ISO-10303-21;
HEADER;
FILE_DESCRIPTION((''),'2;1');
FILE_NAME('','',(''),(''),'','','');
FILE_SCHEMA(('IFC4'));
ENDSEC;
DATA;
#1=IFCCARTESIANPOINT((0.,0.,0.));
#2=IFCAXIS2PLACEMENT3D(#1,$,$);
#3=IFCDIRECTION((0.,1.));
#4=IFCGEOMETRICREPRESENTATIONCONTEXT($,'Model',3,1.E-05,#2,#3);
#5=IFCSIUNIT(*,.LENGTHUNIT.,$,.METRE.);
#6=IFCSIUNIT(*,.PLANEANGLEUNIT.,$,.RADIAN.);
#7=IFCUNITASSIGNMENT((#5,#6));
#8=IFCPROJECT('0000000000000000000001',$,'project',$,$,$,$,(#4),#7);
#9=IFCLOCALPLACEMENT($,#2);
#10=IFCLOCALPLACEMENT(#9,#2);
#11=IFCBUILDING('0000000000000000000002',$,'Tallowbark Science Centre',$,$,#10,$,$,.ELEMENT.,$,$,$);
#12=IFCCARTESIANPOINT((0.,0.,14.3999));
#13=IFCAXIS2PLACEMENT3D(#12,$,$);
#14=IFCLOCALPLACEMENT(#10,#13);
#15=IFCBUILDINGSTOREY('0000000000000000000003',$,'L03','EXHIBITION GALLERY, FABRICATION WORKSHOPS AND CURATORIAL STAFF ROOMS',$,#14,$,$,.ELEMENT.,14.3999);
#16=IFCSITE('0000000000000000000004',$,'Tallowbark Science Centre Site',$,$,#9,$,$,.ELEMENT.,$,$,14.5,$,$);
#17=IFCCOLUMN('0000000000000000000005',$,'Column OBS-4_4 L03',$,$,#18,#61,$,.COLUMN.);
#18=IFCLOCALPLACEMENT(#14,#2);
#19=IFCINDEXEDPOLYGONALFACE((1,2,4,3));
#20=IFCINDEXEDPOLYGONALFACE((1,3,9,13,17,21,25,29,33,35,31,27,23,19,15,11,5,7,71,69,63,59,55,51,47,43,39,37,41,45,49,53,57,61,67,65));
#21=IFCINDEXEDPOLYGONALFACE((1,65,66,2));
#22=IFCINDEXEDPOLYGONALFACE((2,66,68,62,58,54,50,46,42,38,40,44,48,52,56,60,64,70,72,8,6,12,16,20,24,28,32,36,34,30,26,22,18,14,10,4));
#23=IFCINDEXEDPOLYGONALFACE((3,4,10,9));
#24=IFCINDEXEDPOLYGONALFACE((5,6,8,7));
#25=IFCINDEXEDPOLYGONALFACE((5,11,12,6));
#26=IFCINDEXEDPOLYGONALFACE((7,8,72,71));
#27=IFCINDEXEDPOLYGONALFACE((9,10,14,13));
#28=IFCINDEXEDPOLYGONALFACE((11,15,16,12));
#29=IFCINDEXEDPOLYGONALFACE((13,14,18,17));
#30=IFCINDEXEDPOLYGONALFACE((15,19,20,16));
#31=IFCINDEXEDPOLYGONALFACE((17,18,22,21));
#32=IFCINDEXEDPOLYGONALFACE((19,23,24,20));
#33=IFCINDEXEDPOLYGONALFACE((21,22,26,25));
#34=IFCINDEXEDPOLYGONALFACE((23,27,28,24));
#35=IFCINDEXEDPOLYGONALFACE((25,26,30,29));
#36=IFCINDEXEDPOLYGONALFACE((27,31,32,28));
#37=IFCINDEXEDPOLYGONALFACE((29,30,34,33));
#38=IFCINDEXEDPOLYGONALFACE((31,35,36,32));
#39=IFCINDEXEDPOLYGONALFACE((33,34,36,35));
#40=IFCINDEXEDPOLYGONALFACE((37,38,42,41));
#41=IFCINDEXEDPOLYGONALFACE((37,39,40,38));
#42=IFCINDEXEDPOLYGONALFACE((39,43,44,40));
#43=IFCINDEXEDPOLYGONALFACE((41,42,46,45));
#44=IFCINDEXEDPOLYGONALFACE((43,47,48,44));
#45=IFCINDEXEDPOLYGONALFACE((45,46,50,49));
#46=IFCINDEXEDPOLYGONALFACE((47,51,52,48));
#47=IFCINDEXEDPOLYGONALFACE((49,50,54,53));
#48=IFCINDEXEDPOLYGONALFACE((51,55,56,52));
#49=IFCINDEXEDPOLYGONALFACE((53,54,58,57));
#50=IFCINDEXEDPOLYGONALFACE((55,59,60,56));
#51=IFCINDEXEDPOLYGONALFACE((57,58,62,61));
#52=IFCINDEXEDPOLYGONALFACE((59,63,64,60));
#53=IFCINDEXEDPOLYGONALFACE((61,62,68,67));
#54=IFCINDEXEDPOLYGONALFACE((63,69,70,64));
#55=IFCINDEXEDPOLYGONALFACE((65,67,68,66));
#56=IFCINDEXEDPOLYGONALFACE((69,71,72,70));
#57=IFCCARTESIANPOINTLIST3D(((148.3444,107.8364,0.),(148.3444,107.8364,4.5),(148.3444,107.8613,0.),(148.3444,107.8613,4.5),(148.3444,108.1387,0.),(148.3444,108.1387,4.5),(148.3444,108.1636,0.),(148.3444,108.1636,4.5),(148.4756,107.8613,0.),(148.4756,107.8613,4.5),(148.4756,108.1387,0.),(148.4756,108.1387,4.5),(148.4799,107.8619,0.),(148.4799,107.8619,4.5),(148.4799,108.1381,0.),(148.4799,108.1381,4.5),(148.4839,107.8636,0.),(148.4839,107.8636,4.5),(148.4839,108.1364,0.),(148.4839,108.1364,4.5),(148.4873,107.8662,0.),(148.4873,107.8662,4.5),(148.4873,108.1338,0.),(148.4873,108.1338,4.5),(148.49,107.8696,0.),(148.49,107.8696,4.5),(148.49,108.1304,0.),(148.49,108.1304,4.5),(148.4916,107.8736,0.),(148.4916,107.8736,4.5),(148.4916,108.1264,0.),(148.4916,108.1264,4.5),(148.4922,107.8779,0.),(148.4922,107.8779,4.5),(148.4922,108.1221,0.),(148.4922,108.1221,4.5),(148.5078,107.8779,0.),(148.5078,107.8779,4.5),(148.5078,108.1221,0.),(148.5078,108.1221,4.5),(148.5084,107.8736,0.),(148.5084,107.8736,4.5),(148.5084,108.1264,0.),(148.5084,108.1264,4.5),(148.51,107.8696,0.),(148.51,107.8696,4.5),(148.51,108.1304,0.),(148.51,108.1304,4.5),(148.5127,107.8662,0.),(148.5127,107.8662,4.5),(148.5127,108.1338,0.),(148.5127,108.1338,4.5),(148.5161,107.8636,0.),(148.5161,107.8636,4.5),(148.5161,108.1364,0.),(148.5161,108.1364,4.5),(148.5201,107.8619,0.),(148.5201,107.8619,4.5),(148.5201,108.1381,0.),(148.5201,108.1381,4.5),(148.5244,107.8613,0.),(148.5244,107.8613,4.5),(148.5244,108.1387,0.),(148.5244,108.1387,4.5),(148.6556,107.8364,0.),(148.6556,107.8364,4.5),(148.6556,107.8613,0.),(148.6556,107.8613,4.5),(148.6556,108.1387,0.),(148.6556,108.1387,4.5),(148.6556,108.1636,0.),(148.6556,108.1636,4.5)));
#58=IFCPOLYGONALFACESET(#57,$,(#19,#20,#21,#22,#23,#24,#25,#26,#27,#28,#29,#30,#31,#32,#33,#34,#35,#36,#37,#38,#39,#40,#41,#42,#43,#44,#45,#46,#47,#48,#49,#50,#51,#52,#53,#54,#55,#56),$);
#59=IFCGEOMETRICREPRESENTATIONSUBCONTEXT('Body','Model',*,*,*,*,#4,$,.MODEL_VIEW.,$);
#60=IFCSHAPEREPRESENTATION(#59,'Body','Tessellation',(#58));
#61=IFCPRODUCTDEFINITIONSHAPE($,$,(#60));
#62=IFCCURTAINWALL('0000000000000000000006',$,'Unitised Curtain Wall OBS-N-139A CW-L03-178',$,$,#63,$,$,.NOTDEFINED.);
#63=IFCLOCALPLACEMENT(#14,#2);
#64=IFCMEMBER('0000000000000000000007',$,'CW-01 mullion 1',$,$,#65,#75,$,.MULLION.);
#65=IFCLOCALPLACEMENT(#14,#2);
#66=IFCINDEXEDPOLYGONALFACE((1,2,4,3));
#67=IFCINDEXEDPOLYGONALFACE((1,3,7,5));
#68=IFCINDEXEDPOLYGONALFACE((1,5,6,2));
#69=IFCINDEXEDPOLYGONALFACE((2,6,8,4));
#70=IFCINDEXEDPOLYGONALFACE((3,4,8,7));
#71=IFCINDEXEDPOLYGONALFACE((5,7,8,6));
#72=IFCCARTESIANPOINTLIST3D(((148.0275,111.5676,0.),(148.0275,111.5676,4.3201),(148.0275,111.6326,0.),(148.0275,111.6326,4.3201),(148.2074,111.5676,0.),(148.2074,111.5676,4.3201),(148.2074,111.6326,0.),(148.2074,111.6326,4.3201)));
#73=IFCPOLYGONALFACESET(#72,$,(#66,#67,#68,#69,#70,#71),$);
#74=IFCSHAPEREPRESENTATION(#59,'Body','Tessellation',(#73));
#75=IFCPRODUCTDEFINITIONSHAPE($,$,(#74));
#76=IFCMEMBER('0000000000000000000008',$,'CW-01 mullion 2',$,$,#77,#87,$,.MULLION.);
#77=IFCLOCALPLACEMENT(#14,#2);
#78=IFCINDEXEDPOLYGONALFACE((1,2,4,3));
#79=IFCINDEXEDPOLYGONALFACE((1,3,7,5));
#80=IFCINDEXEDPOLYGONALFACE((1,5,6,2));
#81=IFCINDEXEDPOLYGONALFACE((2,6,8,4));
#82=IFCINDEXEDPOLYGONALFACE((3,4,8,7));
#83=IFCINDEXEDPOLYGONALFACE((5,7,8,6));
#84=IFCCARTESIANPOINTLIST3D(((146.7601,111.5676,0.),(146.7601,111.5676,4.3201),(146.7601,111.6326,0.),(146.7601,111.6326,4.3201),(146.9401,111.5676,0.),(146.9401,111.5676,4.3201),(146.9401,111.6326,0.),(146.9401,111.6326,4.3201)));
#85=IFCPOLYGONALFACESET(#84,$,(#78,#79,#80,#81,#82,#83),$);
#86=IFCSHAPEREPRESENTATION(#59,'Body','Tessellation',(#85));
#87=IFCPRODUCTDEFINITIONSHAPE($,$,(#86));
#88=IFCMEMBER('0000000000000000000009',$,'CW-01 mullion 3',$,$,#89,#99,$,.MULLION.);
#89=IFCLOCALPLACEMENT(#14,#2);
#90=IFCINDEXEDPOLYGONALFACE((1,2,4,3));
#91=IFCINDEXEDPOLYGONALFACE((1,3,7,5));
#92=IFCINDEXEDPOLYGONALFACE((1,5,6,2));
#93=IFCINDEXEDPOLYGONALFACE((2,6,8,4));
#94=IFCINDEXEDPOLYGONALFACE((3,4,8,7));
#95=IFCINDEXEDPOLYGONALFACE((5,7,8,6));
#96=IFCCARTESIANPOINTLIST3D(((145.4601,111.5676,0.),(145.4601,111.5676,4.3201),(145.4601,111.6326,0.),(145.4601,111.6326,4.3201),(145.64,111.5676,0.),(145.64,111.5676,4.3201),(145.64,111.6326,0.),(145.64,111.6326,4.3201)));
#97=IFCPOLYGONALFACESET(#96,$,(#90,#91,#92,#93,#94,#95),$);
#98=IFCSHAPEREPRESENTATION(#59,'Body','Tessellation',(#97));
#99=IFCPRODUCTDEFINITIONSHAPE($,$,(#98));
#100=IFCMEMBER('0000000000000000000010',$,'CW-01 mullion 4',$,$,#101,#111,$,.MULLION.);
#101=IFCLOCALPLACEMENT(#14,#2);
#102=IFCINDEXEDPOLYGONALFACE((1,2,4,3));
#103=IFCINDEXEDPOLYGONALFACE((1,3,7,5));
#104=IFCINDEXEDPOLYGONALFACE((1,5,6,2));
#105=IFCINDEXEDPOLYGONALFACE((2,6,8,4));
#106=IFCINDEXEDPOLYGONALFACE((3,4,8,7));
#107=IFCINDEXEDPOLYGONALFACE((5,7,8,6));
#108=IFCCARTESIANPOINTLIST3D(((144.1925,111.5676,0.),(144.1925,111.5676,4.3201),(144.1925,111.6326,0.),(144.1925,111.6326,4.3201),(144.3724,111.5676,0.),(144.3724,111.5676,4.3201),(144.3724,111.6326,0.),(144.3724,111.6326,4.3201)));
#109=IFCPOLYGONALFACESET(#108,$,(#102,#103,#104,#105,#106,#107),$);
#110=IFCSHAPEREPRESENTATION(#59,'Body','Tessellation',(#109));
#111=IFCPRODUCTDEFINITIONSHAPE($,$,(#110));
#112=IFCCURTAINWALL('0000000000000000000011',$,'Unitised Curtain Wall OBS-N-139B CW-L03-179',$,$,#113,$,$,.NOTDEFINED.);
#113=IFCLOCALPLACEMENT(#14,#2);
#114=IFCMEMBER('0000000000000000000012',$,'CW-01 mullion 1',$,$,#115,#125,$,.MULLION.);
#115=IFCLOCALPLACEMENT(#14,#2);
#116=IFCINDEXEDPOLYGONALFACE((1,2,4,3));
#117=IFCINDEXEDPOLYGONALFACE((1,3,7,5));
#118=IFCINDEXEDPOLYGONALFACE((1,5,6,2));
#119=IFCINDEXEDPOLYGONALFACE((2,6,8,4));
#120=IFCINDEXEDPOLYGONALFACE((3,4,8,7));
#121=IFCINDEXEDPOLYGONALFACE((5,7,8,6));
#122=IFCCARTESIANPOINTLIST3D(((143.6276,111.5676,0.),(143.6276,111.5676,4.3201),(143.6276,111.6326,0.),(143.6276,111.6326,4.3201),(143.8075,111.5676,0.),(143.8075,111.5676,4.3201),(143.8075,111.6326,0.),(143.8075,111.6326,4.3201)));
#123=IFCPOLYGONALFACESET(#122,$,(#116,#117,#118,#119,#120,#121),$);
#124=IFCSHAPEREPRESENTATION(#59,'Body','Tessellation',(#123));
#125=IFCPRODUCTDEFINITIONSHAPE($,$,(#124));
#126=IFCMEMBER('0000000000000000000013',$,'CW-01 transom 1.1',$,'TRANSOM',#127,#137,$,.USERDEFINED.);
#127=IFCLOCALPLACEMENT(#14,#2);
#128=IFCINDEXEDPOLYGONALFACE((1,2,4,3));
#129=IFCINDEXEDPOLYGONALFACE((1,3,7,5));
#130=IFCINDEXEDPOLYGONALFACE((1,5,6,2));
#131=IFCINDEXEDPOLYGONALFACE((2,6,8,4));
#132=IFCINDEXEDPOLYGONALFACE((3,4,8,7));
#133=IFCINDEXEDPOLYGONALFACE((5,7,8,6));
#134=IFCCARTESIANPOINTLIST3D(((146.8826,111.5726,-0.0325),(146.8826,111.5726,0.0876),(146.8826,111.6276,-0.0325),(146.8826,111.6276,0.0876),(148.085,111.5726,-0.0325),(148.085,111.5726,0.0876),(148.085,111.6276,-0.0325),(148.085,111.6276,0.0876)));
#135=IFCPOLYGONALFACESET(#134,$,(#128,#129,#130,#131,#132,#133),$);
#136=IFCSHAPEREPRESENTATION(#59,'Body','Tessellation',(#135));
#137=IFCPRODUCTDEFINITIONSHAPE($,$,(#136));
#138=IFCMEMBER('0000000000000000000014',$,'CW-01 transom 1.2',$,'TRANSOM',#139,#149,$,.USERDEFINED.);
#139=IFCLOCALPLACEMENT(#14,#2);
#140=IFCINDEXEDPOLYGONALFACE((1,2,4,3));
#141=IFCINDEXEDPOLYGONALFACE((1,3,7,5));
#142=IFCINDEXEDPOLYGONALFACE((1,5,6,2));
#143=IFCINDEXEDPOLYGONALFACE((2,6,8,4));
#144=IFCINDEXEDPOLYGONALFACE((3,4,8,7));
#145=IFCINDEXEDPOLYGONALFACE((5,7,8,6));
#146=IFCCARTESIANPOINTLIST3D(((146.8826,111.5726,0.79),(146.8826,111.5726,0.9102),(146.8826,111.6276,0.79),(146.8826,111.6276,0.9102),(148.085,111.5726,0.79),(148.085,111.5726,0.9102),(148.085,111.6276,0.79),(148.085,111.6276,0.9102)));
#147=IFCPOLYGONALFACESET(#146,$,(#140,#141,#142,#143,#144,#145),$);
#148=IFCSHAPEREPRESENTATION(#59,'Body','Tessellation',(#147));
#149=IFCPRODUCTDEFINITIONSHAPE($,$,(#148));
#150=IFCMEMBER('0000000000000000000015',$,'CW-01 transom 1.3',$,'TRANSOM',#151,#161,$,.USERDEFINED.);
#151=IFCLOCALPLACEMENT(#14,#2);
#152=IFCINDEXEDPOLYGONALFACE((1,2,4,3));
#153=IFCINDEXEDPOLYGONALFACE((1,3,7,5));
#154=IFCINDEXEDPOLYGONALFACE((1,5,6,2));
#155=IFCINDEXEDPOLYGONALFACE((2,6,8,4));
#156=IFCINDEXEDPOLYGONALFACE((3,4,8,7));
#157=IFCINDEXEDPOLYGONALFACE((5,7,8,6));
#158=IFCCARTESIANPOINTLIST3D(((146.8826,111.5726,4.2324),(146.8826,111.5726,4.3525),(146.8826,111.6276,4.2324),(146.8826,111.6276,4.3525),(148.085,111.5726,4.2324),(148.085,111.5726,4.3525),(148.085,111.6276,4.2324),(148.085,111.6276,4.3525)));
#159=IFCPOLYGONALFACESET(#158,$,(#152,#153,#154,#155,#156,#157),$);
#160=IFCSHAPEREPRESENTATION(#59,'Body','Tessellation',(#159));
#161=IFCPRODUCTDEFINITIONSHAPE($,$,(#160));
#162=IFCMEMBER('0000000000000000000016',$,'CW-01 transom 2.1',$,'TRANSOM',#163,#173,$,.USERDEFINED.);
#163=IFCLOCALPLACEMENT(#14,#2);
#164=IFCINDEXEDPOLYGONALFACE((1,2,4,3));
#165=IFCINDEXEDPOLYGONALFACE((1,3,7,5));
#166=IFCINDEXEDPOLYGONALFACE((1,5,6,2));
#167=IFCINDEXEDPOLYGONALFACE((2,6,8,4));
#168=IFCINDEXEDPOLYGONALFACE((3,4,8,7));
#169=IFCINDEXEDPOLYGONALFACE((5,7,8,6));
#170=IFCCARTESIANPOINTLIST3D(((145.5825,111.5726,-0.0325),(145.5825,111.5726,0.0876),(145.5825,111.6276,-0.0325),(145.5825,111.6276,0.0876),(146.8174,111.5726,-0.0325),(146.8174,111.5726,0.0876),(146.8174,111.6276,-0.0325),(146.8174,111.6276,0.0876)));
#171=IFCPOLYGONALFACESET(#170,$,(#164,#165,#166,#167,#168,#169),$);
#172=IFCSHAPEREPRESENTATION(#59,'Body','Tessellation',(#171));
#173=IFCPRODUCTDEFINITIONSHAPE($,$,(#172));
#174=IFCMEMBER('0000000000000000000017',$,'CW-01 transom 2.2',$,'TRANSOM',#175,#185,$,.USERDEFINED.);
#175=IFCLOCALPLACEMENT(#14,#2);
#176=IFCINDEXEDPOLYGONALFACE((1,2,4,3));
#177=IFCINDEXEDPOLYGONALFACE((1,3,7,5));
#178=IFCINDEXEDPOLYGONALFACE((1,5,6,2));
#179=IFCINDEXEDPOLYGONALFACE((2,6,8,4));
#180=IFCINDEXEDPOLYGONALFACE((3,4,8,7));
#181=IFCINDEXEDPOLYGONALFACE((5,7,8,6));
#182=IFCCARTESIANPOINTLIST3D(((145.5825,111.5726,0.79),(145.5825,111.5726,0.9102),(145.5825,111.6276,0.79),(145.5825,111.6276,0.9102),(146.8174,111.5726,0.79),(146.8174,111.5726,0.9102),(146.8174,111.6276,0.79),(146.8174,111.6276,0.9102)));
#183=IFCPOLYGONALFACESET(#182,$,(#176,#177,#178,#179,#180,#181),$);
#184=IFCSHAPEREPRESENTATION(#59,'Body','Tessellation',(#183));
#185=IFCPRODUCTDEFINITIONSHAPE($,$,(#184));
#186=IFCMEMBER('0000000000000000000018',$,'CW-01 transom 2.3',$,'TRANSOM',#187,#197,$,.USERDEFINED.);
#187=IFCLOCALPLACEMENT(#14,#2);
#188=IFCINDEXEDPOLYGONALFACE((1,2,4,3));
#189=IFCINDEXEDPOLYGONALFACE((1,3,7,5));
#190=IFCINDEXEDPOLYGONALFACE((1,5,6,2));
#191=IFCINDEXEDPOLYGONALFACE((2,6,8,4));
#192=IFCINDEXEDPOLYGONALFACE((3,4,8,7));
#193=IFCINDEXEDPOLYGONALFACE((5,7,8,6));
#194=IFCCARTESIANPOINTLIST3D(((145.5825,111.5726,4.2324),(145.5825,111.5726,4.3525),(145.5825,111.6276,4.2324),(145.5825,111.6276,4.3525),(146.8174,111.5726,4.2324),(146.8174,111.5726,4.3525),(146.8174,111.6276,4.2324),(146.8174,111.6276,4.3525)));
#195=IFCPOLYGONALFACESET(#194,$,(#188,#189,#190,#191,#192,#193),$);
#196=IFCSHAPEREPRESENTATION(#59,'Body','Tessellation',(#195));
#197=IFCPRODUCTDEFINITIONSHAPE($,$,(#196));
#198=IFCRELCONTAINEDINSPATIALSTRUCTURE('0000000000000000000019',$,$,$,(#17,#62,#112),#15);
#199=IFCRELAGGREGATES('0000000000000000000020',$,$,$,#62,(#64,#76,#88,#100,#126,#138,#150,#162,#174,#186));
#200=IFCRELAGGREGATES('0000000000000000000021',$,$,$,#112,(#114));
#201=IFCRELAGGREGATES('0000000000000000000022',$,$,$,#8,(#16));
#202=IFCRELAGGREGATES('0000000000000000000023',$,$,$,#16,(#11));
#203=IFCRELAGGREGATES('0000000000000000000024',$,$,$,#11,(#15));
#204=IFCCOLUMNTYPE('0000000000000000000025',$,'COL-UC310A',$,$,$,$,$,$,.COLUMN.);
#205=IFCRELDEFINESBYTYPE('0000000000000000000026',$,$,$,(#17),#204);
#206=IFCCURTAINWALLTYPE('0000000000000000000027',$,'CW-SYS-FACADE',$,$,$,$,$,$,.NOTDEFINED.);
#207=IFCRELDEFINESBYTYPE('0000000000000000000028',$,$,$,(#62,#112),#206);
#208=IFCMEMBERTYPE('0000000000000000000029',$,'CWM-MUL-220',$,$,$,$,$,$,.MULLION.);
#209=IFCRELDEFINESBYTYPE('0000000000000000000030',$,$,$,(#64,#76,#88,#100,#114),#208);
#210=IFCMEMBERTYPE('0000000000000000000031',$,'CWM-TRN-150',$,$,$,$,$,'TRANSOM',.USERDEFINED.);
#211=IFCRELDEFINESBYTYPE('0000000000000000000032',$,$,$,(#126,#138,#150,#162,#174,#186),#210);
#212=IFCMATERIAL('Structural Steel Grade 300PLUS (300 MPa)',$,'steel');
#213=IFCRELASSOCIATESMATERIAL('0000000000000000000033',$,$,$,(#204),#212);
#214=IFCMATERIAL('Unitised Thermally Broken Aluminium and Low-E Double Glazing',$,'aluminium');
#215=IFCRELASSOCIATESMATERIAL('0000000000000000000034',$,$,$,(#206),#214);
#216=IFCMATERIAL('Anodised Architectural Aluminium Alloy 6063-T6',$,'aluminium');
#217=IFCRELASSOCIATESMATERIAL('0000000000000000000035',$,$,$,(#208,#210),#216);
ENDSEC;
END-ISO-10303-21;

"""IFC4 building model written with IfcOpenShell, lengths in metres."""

from ifc_helpers import new_model, si_unit, direction, frame, origin, origin_2d, place, context, subcontext, project, spatial, rectangle, i_section, extrude, material, material_profile, profile_set, type_object, element, aggregate, save


model = new_model("IFC4")

# Units and contexts
model_context = context("Model", 3, precision=1e-05, world=origin(), true_north=direction((0.0, 1.0)))
body_context = subcontext(model_context, "Body", "Model", "MODEL_VIEW")
ifc_project = project(units=[si_unit("LENGTHUNIT", "METRE"), si_unit("PLANEANGLEUNIT", "RADIAN")], contexts=[model_context])

# Site, building, storey
site_placement = place(None, origin())
site = spatial("IfcSite", under=ifc_project, at=site_placement, Name="Tallowbark Science Centre Site", CompositionType="ELEMENT", RefElevation=14.5)
building_placement = place(site_placement, origin())
building = spatial("IfcBuilding", under=site, at=building_placement, Name="Tallowbark Science Centre", CompositionType="ELEMENT")
storey_placement = place(building_placement, frame((0.0, 0.0, 14.3999)))
storey = spatial("IfcBuildingStorey", under=building, at=storey_placement, Name="L03", Description="EXHIBITION GALLERY, FABRICATION WORKSHOPS AND CURATORIAL STAFF ROOMS", CompositionType="ELEMENT", Elevation=14.3999)

# Column
ifc_material_1 = material(Name="Structural Steel Grade 300PLUS (300 MPa)", Category="steel")
ifc_material_profile_1 = material_profile(ifc_material_1, i_section(OverallWidth=0.3113, OverallDepth=0.3271, WebThickness=0.0156, FlangeThickness=0.0249, FilletRadius=0.0166, at=origin_2d()), Name="310UC158")
ifc_profile_set_1 = profile_set([ifc_material_profile_1], Name="Structural Steel Grade 300PLUS (300 MPa)")
column_type = type_object("IfcColumnType", Name="COL-UC310A", PredefinedType="COLUMN", material=ifc_profile_set_1)
column_placement = place(storey_placement, frame((148.5, 108.0, 0.0), z_axis=(0.0, 0.0, 1.0), x_axis=(1.0, 0.0, 0.0)))
element("IfcColumn", 1, at=column_placement, inside=storey, type_object=column_type, Name="Column OBS-4_4 L03", PredefinedType="COLUMN", context=body_context, shape_type="SweptSolid", body=[
    extrude(i_section(OverallWidth=0.3113, OverallDepth=0.3271, WebThickness=0.0156, FlangeThickness=0.0249, FilletRadius=0.0166, at=origin_2d()), origin(), (0.0, 0.0, 1.0), 4.5),
])

# Curtain wall, members
ifc_material_2 = material(Name="Unitised Thermally Broken Aluminium and Low-E Double Glazing", Category="aluminium")
curtain_wall_type = type_object("IfcCurtainWallType", Name="CW-SYS-FACADE", PredefinedType="NOTDEFINED", material=ifc_material_2)
curtain_wall_1_placement = place(storey_placement, origin())
curtain_wall_1 = element("IfcCurtainWall", 2, at=curtain_wall_1_placement, inside=storey, type_object=curtain_wall_type, Name="Unitised Curtain Wall OBS-N-139A CW-L03-178", PredefinedType="NOTDEFINED")
ifc_material_3 = material(Name="Anodised Architectural Aluminium Alloy 6063-T6", Category="aluminium")
ifc_material_profile_2 = material_profile(ifc_material_3, rectangle(XDim=0.0649, YDim=0.1799, at=origin_2d()), Name="ALU65x180")
ifc_profile_set_2 = profile_set([ifc_material_profile_2], Name="Anodised Architectural Aluminium Alloy 6063-T6")
member_type_1 = type_object("IfcMemberType", Name="CWM-MUL-220", PredefinedType="MULLION", material=ifc_profile_set_2)
member_1_placement = place(storey_placement, frame((148.1174, 111.6001, 0.0), z_axis=(0.0, 0.0, 1.0), x_axis=(0.0, -1.0, 0.0)))
member_1 = element("IfcMember", 3, at=member_1_placement, type_object=member_type_1, Name="CW-01 mullion 1", PredefinedType="MULLION", context=body_context, shape_type="SweptSolid", body=[
    extrude(rectangle(XDim=0.0649, YDim=0.1799, at=origin_2d()), origin(), (0.0, 0.0, 1.0), 4.3201),
])
member_2_placement = place(storey_placement, frame((146.8501, 111.6001, 0.0), z_axis=(0.0, 0.0, 1.0), x_axis=(0.0, -1.0, 0.0)))
member_2 = element("IfcMember", 4, at=member_2_placement, type_object=member_type_1, Name="CW-01 mullion 2", PredefinedType="MULLION", context=body_context, shape_type="SweptSolid", body=[
    extrude(rectangle(XDim=0.0649, YDim=0.1799, at=origin_2d()), origin(), (0.0, 0.0, 1.0), 4.3201),
])
member_3_placement = place(storey_placement, frame((145.55, 111.6001, 0.0), z_axis=(0.0, 0.0, 1.0), x_axis=(0.0, -1.0, 0.0)))
member_3 = element("IfcMember", 5, at=member_3_placement, type_object=member_type_1, Name="CW-01 mullion 3", PredefinedType="MULLION", context=body_context, shape_type="SweptSolid", body=[
    extrude(rectangle(XDim=0.0649, YDim=0.1799, at=origin_2d()), origin(), (0.0, 0.0, 1.0), 4.3201),
])
member_4_placement = place(storey_placement, frame((144.2825, 111.6001, 0.0), z_axis=(0.0, 0.0, 1.0), x_axis=(0.0, -1.0, 0.0)))
member_4 = element("IfcMember", 6, at=member_4_placement, type_object=member_type_1, Name="CW-01 mullion 4", PredefinedType="MULLION", context=body_context, shape_type="SweptSolid", body=[
    extrude(rectangle(XDim=0.0649, YDim=0.1799, at=origin_2d()), origin(), (0.0, 0.0, 1.0), 4.3201),
])

# Curtain wall, member
curtain_wall_2_placement = place(storey_placement, origin())
curtain_wall_2 = element("IfcCurtainWall", 7, at=curtain_wall_2_placement, inside=storey, type_object=curtain_wall_type, Name="Unitised Curtain Wall OBS-N-139B CW-L03-179", PredefinedType="NOTDEFINED")
member_5_placement = place(storey_placement, frame((143.7175, 111.6001, 0.0), z_axis=(0.0, 0.0, 1.0), x_axis=(0.0, -1.0, 0.0)))
member_5 = element("IfcMember", 8, at=member_5_placement, type_object=member_type_1, Name="CW-01 mullion 1", PredefinedType="MULLION", context=body_context, shape_type="SweptSolid", body=[
    extrude(rectangle(XDim=0.0649, YDim=0.1799, at=origin_2d()), origin(), (0.0, 0.0, 1.0), 4.3201),
])

# Members
ifc_material_profile_3 = material_profile(ifc_material_3, rectangle(XDim=0.0549, YDim=0.1201, at=origin_2d()), Name="ALU55x120")
ifc_profile_set_3 = profile_set([ifc_material_profile_3], Name="Anodised Architectural Aluminium Alloy 6063-T6")
member_type_2 = type_object("IfcMemberType", Name="CWM-TRN-150", ElementType="TRANSOM", PredefinedType="USERDEFINED", material=ifc_profile_set_3)
member_6_placement = place(storey_placement, frame((148.085, 111.6001, 0.0276), z_axis=(-1.0, 0.0, 0.0), x_axis=(0.0, -1.0, 0.0)))
member_6 = element("IfcMember", 9, at=member_6_placement, type_object=member_type_2, Name="CW-01 transom 1.1", ObjectType="TRANSOM", PredefinedType="USERDEFINED", context=body_context, shape_type="SweptSolid", body=[
    extrude(rectangle(XDim=0.0549, YDim=0.1201, at=origin_2d()), origin(), (0.0, 0.0, 1.0), 1.2024),
])
member_7_placement = place(storey_placement, frame((148.085, 111.6001, 0.8501), z_axis=(-1.0, 0.0, 0.0), x_axis=(0.0, -1.0, 0.0)))
member_7 = element("IfcMember", 10, at=member_7_placement, type_object=member_type_2, Name="CW-01 transom 1.2", ObjectType="TRANSOM", PredefinedType="USERDEFINED", context=body_context, shape_type="SweptSolid", body=[
    extrude(rectangle(XDim=0.0549, YDim=0.1201, at=origin_2d()), origin(), (0.0, 0.0, 1.0), 1.2024),
])
member_8_placement = place(storey_placement, frame((148.085, 111.6001, 4.2925), z_axis=(-1.0, 0.0, 0.0), x_axis=(0.0, -1.0, 0.0)))
member_8 = element("IfcMember", 11, at=member_8_placement, type_object=member_type_2, Name="CW-01 transom 1.3", ObjectType="TRANSOM", PredefinedType="USERDEFINED", context=body_context, shape_type="SweptSolid", body=[
    extrude(rectangle(XDim=0.0549, YDim=0.1201, at=origin_2d()), origin(), (0.0, 0.0, 1.0), 1.2024),
])
member_9_placement = place(storey_placement, frame((146.8174, 111.6001, 0.0276), z_axis=(-1.0, 0.0, 0.0), x_axis=(0.0, -1.0, 0.0)))
member_9 = element("IfcMember", 12, at=member_9_placement, type_object=member_type_2, Name="CW-01 transom 2.1", ObjectType="TRANSOM", PredefinedType="USERDEFINED", context=body_context, shape_type="SweptSolid", body=[
    extrude(rectangle(XDim=0.0549, YDim=0.1201, at=origin_2d()), origin(), (0.0, 0.0, 1.0), 1.2349),
])
member_10_placement = place(storey_placement, frame((146.8174, 111.6001, 0.8501), z_axis=(-1.0, 0.0, 0.0), x_axis=(0.0, -1.0, 0.0)))
member_10 = element("IfcMember", 13, at=member_10_placement, type_object=member_type_2, Name="CW-01 transom 2.2", ObjectType="TRANSOM", PredefinedType="USERDEFINED", context=body_context, shape_type="SweptSolid", body=[
    extrude(rectangle(XDim=0.0549, YDim=0.1201, at=origin_2d()), origin(), (0.0, 0.0, 1.0), 1.2349),
])
member_11_placement = place(storey_placement, frame((146.8174, 111.6001, 4.2925), z_axis=(-1.0, 0.0, 0.0), x_axis=(0.0, -1.0, 0.0)))
member_11 = element("IfcMember", 14, at=member_11_placement, type_object=member_type_2, Name="CW-01 transom 2.3", ObjectType="TRANSOM", PredefinedType="USERDEFINED", context=body_context, shape_type="SweptSolid", body=[
    extrude(rectangle(XDim=0.0549, YDim=0.1201, at=origin_2d()), origin(), (0.0, 0.0, 1.0), 1.2349),
])

aggregate(curtain_wall_1, [member_1, member_2, member_3, member_4, member_6, member_7, member_8, member_9, member_10, member_11])
aggregate(curtain_wall_2, [member_5])

save(model, "model.ifc")
